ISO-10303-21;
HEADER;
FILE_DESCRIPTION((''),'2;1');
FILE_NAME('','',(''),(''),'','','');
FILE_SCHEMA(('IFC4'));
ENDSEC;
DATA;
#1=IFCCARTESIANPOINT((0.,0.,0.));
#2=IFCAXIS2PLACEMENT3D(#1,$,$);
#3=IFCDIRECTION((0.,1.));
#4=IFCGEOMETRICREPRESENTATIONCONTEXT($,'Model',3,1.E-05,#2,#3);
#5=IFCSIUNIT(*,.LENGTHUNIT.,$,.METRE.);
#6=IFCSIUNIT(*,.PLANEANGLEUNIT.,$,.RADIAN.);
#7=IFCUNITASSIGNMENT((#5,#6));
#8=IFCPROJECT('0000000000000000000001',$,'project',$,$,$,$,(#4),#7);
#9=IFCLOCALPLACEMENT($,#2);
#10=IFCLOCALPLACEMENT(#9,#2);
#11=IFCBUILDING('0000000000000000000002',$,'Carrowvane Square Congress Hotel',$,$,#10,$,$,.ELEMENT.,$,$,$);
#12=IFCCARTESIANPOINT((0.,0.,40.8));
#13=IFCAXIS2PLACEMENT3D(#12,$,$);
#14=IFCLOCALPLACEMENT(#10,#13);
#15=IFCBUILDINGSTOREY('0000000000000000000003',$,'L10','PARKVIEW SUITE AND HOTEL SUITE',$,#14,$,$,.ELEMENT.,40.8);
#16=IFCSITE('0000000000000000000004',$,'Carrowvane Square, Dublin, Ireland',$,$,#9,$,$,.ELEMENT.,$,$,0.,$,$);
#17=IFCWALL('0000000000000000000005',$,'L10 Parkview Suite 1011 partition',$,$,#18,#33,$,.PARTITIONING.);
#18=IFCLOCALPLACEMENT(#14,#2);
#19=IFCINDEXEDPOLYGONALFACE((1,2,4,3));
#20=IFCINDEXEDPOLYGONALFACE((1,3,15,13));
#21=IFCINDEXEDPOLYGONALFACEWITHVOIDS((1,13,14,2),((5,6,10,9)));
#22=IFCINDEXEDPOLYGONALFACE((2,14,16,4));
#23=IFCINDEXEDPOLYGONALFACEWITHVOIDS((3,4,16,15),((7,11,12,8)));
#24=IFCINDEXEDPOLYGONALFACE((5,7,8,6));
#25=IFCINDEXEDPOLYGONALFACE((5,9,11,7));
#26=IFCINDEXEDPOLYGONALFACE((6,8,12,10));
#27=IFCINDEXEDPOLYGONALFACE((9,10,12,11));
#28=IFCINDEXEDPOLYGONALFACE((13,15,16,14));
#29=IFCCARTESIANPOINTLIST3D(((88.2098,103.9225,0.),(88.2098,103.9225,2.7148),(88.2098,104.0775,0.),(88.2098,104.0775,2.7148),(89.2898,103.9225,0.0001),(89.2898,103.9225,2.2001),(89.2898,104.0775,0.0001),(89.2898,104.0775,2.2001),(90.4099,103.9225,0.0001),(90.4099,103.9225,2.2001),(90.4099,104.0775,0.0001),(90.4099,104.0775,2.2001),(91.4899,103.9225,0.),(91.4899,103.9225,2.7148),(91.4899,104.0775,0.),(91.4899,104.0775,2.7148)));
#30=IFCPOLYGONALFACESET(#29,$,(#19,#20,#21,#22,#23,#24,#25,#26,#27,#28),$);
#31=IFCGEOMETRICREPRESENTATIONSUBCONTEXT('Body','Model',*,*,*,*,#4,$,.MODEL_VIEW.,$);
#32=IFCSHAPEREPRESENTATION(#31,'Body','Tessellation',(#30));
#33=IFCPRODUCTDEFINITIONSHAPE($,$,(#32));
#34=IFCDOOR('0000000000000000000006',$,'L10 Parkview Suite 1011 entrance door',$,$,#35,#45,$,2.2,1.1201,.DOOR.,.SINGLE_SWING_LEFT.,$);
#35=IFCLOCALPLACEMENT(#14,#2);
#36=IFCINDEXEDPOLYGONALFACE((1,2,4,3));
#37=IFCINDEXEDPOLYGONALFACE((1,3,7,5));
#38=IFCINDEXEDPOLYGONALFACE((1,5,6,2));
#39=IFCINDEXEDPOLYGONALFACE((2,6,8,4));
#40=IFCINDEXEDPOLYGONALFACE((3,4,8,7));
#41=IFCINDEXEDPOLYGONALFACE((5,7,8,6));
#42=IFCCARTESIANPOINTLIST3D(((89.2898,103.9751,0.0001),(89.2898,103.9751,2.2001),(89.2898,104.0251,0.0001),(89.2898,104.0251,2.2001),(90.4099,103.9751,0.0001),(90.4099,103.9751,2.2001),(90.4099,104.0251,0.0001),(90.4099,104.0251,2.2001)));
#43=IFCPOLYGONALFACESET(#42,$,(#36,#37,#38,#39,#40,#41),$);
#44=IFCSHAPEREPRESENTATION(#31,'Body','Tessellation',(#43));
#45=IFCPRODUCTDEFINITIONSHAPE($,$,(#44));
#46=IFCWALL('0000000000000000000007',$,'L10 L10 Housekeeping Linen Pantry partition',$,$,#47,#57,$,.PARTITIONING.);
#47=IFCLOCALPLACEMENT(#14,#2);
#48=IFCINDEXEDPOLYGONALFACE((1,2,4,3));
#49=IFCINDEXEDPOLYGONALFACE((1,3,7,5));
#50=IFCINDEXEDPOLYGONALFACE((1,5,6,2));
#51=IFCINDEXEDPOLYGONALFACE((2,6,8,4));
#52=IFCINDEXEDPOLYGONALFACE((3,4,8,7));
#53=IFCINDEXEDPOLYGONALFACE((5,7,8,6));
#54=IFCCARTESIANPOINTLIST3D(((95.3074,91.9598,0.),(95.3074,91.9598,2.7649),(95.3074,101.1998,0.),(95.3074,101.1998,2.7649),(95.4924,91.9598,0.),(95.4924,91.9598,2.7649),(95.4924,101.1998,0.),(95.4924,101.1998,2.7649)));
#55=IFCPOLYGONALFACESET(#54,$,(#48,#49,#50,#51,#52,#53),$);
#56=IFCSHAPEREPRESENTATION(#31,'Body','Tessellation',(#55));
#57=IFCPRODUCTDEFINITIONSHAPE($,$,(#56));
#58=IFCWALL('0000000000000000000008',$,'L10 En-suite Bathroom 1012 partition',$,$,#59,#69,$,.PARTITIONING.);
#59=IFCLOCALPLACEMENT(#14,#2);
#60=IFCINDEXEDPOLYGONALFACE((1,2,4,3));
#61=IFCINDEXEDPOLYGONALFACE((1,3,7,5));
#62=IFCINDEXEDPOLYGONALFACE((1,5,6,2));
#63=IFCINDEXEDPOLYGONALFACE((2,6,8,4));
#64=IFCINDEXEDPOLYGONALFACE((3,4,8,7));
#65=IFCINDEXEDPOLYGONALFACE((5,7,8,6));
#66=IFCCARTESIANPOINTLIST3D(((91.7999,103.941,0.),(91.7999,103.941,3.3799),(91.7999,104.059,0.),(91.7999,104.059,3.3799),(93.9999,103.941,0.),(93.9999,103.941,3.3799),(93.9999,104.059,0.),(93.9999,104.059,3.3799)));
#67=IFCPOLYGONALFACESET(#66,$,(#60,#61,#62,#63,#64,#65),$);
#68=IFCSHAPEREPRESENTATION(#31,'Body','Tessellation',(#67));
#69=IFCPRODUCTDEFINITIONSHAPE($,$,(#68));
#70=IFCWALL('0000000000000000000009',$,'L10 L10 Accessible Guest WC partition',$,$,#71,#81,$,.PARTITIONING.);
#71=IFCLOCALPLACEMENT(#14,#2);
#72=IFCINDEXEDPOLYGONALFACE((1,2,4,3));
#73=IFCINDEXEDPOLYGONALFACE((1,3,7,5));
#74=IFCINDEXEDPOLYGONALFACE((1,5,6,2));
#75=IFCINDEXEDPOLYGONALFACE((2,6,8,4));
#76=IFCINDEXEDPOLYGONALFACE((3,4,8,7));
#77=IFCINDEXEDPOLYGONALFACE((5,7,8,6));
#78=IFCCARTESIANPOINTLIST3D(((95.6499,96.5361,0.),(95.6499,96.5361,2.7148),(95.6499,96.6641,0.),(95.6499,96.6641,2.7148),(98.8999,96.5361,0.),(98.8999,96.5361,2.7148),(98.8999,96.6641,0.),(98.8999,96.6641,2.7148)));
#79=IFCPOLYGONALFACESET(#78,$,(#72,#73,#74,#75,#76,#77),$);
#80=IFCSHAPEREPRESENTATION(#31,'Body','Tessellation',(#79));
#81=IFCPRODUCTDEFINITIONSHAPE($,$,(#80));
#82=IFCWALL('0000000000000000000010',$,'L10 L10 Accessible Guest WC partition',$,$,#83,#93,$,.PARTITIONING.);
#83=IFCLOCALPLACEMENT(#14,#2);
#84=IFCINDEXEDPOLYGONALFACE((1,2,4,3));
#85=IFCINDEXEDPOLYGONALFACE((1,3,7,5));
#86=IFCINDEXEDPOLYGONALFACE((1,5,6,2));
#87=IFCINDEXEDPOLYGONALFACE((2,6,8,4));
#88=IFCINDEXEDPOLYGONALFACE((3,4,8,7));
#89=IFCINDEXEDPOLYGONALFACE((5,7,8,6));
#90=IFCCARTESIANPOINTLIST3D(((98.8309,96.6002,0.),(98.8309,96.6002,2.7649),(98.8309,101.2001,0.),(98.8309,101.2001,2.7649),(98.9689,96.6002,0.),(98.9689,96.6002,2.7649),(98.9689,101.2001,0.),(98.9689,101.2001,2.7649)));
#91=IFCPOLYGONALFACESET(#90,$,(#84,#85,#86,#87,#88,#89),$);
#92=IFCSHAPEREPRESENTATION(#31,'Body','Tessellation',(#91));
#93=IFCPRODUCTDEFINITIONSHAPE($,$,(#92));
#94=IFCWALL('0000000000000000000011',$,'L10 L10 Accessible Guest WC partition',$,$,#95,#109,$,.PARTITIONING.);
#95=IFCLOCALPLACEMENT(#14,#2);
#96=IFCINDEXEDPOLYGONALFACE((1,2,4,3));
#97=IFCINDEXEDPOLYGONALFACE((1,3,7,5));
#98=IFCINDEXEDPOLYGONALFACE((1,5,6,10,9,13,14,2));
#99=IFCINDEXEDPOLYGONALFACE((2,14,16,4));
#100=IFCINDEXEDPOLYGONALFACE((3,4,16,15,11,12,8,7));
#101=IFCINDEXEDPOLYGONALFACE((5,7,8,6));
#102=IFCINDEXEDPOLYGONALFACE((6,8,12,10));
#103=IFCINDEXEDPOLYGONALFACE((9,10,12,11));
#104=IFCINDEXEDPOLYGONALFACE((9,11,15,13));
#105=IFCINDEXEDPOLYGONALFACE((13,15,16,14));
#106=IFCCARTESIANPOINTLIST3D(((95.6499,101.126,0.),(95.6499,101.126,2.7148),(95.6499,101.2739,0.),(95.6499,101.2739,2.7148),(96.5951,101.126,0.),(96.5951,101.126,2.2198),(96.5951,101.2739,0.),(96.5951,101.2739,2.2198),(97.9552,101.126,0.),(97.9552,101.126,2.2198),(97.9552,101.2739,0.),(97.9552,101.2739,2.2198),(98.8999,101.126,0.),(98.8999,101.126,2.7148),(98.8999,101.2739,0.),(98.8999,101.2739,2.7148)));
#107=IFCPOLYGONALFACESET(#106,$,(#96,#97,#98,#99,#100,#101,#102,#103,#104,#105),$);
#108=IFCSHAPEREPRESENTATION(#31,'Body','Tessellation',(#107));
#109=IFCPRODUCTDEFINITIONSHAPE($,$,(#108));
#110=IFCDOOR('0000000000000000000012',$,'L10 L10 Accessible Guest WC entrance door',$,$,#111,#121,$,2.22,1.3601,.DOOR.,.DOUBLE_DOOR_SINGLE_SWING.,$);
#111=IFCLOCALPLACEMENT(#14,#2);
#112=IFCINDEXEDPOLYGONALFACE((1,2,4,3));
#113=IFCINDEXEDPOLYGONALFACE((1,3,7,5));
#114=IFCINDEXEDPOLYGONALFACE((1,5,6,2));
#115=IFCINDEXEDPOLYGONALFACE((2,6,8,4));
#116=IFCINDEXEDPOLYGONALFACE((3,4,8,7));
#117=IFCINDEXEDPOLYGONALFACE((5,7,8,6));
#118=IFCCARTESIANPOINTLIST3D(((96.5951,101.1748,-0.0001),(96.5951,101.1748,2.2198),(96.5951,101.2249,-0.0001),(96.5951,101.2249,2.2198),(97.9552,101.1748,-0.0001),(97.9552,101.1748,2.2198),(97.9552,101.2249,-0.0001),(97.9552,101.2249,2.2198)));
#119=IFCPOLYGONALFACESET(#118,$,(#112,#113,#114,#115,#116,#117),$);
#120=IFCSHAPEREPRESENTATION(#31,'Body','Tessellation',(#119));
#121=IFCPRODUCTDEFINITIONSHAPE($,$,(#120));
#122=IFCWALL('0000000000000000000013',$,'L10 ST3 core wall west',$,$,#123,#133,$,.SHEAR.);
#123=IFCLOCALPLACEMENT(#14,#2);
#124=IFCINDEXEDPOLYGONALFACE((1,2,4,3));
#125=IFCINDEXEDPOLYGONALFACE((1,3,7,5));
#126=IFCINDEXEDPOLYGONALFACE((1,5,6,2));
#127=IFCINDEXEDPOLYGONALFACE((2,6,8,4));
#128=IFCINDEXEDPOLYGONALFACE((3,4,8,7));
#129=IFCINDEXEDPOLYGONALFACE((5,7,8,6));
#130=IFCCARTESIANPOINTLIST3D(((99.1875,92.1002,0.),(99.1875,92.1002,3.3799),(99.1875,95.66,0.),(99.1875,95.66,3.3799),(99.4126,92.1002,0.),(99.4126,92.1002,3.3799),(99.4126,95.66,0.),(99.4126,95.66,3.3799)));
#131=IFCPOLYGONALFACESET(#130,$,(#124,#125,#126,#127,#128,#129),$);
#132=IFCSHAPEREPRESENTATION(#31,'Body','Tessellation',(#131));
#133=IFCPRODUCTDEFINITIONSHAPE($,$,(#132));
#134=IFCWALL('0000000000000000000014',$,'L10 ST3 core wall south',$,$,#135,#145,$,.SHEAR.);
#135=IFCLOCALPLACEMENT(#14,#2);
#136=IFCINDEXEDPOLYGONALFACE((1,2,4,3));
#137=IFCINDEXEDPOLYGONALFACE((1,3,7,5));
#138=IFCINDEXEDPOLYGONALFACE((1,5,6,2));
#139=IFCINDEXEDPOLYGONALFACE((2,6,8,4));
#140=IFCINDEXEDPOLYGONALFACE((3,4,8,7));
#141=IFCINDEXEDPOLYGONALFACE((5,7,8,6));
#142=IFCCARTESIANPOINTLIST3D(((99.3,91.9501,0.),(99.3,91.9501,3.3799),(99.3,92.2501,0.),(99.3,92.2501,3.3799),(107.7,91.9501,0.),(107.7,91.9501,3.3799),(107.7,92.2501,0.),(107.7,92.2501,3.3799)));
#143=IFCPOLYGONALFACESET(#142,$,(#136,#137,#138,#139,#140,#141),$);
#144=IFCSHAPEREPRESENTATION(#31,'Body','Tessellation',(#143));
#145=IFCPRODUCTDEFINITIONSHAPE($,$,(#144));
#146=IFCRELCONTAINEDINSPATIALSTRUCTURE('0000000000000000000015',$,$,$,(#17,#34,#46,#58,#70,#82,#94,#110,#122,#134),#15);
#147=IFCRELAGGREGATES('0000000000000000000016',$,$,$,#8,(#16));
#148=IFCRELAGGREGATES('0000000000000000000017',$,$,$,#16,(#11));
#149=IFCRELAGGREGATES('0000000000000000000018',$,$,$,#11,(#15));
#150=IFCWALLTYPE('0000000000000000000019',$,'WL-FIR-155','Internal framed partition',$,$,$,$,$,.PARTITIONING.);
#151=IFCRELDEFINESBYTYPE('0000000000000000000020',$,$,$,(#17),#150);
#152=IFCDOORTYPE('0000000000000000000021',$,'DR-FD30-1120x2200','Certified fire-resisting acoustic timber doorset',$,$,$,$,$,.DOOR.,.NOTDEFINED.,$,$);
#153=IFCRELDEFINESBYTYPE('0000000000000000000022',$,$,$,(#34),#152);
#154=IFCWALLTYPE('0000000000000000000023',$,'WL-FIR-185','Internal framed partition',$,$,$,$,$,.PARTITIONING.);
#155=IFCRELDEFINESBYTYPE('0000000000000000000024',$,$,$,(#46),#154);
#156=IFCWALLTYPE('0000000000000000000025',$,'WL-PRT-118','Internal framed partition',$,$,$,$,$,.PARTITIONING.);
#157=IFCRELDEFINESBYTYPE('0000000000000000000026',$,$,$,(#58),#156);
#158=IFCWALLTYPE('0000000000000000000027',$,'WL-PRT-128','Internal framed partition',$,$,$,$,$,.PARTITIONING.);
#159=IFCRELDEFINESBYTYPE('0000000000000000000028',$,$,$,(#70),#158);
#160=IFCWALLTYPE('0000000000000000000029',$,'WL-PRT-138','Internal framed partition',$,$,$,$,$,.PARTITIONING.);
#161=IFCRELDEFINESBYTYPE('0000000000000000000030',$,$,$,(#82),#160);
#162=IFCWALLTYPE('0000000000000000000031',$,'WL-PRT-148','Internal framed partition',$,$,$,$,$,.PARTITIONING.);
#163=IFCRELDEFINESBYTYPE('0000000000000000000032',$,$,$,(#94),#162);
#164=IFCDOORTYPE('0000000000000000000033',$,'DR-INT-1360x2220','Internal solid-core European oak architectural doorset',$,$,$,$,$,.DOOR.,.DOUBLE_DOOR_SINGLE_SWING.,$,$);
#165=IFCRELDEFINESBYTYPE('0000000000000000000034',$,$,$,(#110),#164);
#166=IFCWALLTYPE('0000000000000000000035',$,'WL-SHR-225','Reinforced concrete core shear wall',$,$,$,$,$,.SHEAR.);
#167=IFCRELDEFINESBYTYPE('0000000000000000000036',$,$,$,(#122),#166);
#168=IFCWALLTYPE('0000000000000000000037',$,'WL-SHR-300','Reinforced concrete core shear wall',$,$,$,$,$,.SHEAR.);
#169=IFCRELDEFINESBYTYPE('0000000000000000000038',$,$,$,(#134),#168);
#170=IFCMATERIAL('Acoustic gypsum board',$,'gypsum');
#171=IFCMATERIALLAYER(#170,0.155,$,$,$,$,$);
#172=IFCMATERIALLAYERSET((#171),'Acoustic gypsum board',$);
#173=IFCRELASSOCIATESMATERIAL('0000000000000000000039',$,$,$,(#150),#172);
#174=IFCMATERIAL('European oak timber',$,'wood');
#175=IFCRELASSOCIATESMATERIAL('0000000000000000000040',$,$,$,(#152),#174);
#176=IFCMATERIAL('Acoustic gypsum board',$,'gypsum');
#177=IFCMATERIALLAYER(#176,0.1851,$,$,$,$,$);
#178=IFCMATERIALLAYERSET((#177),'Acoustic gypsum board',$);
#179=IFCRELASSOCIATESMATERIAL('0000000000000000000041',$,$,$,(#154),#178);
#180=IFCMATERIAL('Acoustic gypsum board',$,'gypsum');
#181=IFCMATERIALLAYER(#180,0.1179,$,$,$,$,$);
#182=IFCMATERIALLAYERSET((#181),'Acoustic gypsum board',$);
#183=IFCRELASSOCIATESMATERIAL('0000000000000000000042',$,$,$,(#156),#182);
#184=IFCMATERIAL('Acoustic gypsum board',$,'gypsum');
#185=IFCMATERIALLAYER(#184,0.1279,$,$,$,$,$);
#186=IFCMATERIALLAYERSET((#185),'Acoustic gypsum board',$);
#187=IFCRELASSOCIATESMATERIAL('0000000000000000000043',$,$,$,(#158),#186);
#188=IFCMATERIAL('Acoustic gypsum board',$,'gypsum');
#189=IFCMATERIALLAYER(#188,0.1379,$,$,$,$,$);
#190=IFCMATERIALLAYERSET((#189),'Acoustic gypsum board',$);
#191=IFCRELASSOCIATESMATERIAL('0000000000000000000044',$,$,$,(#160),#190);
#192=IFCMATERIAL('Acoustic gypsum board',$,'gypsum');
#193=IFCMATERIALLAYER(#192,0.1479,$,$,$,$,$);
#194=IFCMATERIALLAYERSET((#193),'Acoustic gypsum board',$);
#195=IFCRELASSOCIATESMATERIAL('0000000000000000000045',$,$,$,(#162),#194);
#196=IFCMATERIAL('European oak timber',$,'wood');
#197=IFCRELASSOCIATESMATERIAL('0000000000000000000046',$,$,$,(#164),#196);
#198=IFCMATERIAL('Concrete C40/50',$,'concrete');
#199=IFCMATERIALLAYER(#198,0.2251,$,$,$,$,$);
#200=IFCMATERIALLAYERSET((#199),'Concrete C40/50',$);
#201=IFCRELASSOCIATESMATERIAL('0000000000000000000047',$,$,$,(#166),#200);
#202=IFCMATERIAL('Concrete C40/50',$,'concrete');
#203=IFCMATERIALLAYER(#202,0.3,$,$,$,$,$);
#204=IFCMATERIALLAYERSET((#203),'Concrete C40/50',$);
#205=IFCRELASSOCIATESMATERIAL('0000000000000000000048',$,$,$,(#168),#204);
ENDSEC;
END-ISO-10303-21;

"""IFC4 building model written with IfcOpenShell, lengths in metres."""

from ifc_helpers import new_model, si_unit, direction, frame, frame_2d, origin, place, context, subcontext, project, spatial, rectangle, extrude, material, layer, layer_set, type_object, element, fill, save


model = new_model("IFC4")

# Units and contexts
model_context = context("Model", 3, precision=1e-05, world=origin(), true_north=direction((0.0, 1.0)))
body_context = subcontext(model_context, "Body", "Model", "MODEL_VIEW")
ifc_project = project(units=[si_unit("LENGTHUNIT", "METRE"), si_unit("PLANEANGLEUNIT", "RADIAN")], contexts=[model_context])

# Site, building, storey
site_placement = place(None, origin())
site = spatial("IfcSite", under=ifc_project, at=site_placement, Name="Carrowvane Square, Dublin, Ireland", CompositionType="ELEMENT", RefElevation=0.0)
building_placement = place(site_placement, origin())
building = spatial("IfcBuilding", under=site, at=building_placement, Name="Carrowvane Square Congress Hotel", CompositionType="ELEMENT")
storey_placement = place(building_placement, frame((0.0, 0.0, 40.8)))
storey = spatial("IfcBuildingStorey", under=building, at=storey_placement, Name="L10", Description="PARKVIEW SUITE AND HOTEL SUITE", CompositionType="ELEMENT", Elevation=40.8)

# Wall, opening, door
ifc_material_1 = material(Name="Acoustic gypsum board", Category="gypsum")
ifc_layer_1 = layer(ifc_material_1, 0.155)
ifc_layer_set_1 = layer_set([ifc_layer_1], Name="Acoustic gypsum board")
wall_type_1 = type_object("IfcWallType", Name="WL-FIR-155", Description="Internal framed partition", PredefinedType="PARTITIONING", material=ifc_layer_set_1)
wall_1_placement = place(storey_placement, frame((91.49, 104.0, 0.0), z_axis=(0.0, 0.0, 1.0), x_axis=(-1.0, 0.0, 0.0)))
wall_1 = element("IfcWall", 1, at=wall_1_placement, inside=storey, type_object=wall_type_1, Name="L10 Parkview Suite 1011 partition", PredefinedType="PARTITIONING", context=body_context, shape_type="SweptSolid", body=[
    extrude(rectangle(XDim=3.28, YDim=0.155, at=frame_2d((1.6401, 0.0))), origin(), (0.0, 0.0, 1.0), 2.7148),
])
opening_1_placement = place(wall_1_placement, frame((1.0801, 0.0, 0.0)))
opening_1 = element("IfcOpeningElement", 2, at=opening_1_placement, cuts=wall_1, PredefinedType="OPENING", context=body_context, shape_type="SweptSolid", body=[
    extrude(rectangle(XDim=1.1201, YDim=2.2, at=frame_2d((0.5601, 1.1001))), frame((0.0, 0.0874, 0.0), z_axis=(0.0, -1.0, 0.0), x_axis=(1.0, 0.0, 0.0)), (0.0, 0.0, 1.0), 0.175),
])
ifc_material_2 = material(Name="European oak timber", Category="wood")
door_type_1 = type_object("IfcDoorType", Name="DR-FD30-1120x2200", Description="Certified fire-resisting acoustic timber doorset", OperationType="NOTDEFINED", PredefinedType="DOOR", material=ifc_material_2)
door_1_placement = place(opening_1_placement, origin())
door_1 = element("IfcDoor", 3, at=door_1_placement, inside=storey, type_object=door_type_1, Name="L10 Parkview Suite 1011 entrance door", OperationType="SINGLE_SWING_LEFT", OverallHeight=2.2, OverallWidth=1.1201, PredefinedType="DOOR", context=body_context, shape_type="SweptSolid", body=[
    extrude(rectangle(XDim=1.1201, YDim=2.2, at=frame_2d((0.5601, 1.1001))), frame((0.0, 0.0249, 0.0), z_axis=(0.0, -1.0, 0.0), x_axis=(1.0, 0.0, 0.0)), (0.0, 0.0, 1.0), 0.05),
])
fill(opening_1, door_1)

# Walls
ifc_material_3 = material(Name="Acoustic gypsum board", Category="gypsum")
ifc_layer_2 = layer(ifc_material_3, 0.1851)
ifc_layer_set_2 = layer_set([ifc_layer_2], Name="Acoustic gypsum board")
wall_type_2 = type_object("IfcWallType", Name="WL-FIR-185", Description="Internal framed partition", PredefinedType="PARTITIONING", material=ifc_layer_set_2)
wall_2_placement = place(storey_placement, frame((95.3999, 101.2, 0.0), z_axis=(0.0, 0.0, 1.0), x_axis=(0.0, -1.0, 0.0)))
element("IfcWall", 4, at=wall_2_placement, inside=storey, type_object=wall_type_2, Name="L10 L10 Housekeeping Linen Pantry partition", PredefinedType="PARTITIONING", context=body_context, shape_type="SweptSolid", body=[
    extrude(rectangle(XDim=9.24, YDim=0.1851, at=frame_2d((4.6201, 0.0))), origin(), (0.0, 0.0, 1.0), 2.7649),
])
ifc_material_4 = material(Name="Acoustic gypsum board", Category="gypsum")
ifc_layer_3 = layer(ifc_material_4, 0.1179)
ifc_layer_set_3 = layer_set([ifc_layer_3], Name="Acoustic gypsum board")
wall_type_3 = type_object("IfcWallType", Name="WL-PRT-118", Description="Internal framed partition", PredefinedType="PARTITIONING", material=ifc_layer_set_3)
wall_3_placement = place(storey_placement, frame((94.0, 104.0, 0.0), z_axis=(0.0, 0.0, 1.0), x_axis=(-1.0, 0.0, 0.0)))
element("IfcWall", 5, at=wall_3_placement, inside=storey, type_object=wall_type_3, Name="L10 En-suite Bathroom 1012 partition", PredefinedType="PARTITIONING", context=body_context, shape_type="SweptSolid", body=[
    extrude(rectangle(XDim=2.2, YDim=0.1179, at=frame_2d((1.1001, 0.0))), origin(), (0.0, 0.0, 1.0), 3.3799),
])
ifc_material_5 = material(Name="Acoustic gypsum board", Category="gypsum")
ifc_layer_4 = layer(ifc_material_5, 0.1279)
ifc_layer_set_4 = layer_set([ifc_layer_4], Name="Acoustic gypsum board")
wall_type_4 = type_object("IfcWallType", Name="WL-PRT-128", Description="Internal framed partition", PredefinedType="PARTITIONING", material=ifc_layer_set_4)
wall_4_placement = place(storey_placement, frame((98.8999, 96.6001, 0.0), z_axis=(0.0, 0.0, 1.0), x_axis=(-1.0, 0.0, 0.0)))
element("IfcWall", 6, at=wall_4_placement, inside=storey, type_object=wall_type_4, Name="L10 L10 Accessible Guest WC partition", PredefinedType="PARTITIONING", context=body_context, shape_type="SweptSolid", body=[
    extrude(rectangle(XDim=3.25, YDim=0.1279, at=frame_2d((1.625, 0.0))), origin(), (0.0, 0.0, 1.0), 2.7148),
])
ifc_material_6 = material(Name="Acoustic gypsum board", Category="gypsum")
ifc_layer_5 = layer(ifc_material_6, 0.1379)
ifc_layer_set_5 = layer_set([ifc_layer_5], Name="Acoustic gypsum board")
wall_type_5 = type_object("IfcWallType", Name="WL-PRT-138", Description="Internal framed partition", PredefinedType="PARTITIONING", material=ifc_layer_set_5)
wall_5_placement = place(storey_placement, frame((98.8999, 101.2, 0.0), z_axis=(0.0, 0.0, 1.0), x_axis=(0.0, -1.0, 0.0)))
element("IfcWall", 7, at=wall_5_placement, inside=storey, type_object=wall_type_5, Name="L10 L10 Accessible Guest WC partition", PredefinedType="PARTITIONING", context=body_context, shape_type="SweptSolid", body=[
    extrude(rectangle(XDim=4.5999, YDim=0.1379, at=frame_2d((2.2998, 0.0))), origin(), (0.0, 0.0, 1.0), 2.7649),
])

# Wall, opening, door
ifc_material_7 = material(Name="Acoustic gypsum board", Category="gypsum")
ifc_layer_6 = layer(ifc_material_7, 0.1479)
ifc_layer_set_6 = layer_set([ifc_layer_6], Name="Acoustic gypsum board")
wall_type_6 = type_object("IfcWallType", Name="WL-PRT-148", Description="Internal framed partition", PredefinedType="PARTITIONING", material=ifc_layer_set_6)
wall_6_placement = place(storey_placement, frame((95.6499, 101.2, 0.0), z_axis=(0.0, 0.0, 1.0), x_axis=(1.0, 0.0, 0.0)))
wall_6 = element("IfcWall", 8, at=wall_6_placement, inside=storey, type_object=wall_type_6, Name="L10 L10 Accessible Guest WC partition", PredefinedType="PARTITIONING", context=body_context, shape_type="SweptSolid", body=[
    extrude(rectangle(XDim=3.25, YDim=0.1479, at=frame_2d((1.625, 0.0))), origin(), (0.0, 0.0, 1.0), 2.7148),
])
opening_2_placement = place(wall_6_placement, frame((0.9451, 0.0, 0.0)))
opening_2 = element("IfcOpeningElement", 9, at=opening_2_placement, cuts=wall_6, PredefinedType="OPENING", context=body_context, shape_type="SweptSolid", body=[
    extrude(rectangle(XDim=1.3601, YDim=2.22, at=frame_2d((0.6802, 1.1099))), frame((0.0, 0.084, 0.0), z_axis=(0.0, -1.0, 0.0), x_axis=(1.0, 0.0, 0.0)), (0.0, 0.0, 1.0), 0.168),
])
ifc_material_8 = material(Name="European oak timber", Category="wood")
door_type_2 = type_object("IfcDoorType", Name="DR-INT-1360x2220", Description="Internal solid-core European oak architectural doorset", OperationType="DOUBLE_DOOR_SINGLE_SWING", PredefinedType="DOOR", material=ifc_material_8)
door_2_placement = place(opening_2_placement, origin())
door_2 = element("IfcDoor", 10, at=door_2_placement, inside=storey, type_object=door_type_2, Name="L10 L10 Accessible Guest WC entrance door", OperationType="DOUBLE_DOOR_SINGLE_SWING", OverallHeight=2.22, OverallWidth=1.3601, PredefinedType="DOOR", context=body_context, shape_type="SweptSolid", body=[
    extrude(rectangle(XDim=1.3601, YDim=2.22, at=frame_2d((0.6802, 1.1099))), frame((0.0, 0.0249, 0.0), z_axis=(0.0, -1.0, 0.0), x_axis=(1.0, 0.0, 0.0)), (0.0, 0.0, 1.0), 0.05),
])
fill(opening_2, door_2)

# Walls
ifc_material_9 = material(Name="Concrete C40/50", Category="concrete")
ifc_layer_7 = layer(ifc_material_9, 0.2251)
ifc_layer_set_7 = layer_set([ifc_layer_7], Name="Concrete C40/50")
wall_type_7 = type_object("IfcWallType", Name="WL-SHR-225", Description="Reinforced concrete core shear wall", PredefinedType="SHEAR", material=ifc_layer_set_7)
wall_7_placement = place(storey_placement, frame((99.3, 95.6599, 0.0), z_axis=(0.0, 0.0, 1.0), x_axis=(0.0, -1.0, 0.0)))
element("IfcWall", 11, at=wall_7_placement, inside=storey, type_object=wall_type_7, Name="L10 ST3 core wall west", PredefinedType="SHEAR", context=body_context, shape_type="SweptSolid", body=[
    extrude(rectangle(XDim=3.5598, YDim=0.2251, at=frame_2d((1.7798, 0.0))), origin(), (0.0, 0.0, 1.0), 3.3799),
])
ifc_material_10 = material(Name="Concrete C40/50", Category="concrete")
ifc_layer_8 = layer(ifc_material_10, 0.3)
ifc_layer_set_8 = layer_set([ifc_layer_8], Name="Concrete C40/50")
wall_type_8 = type_object("IfcWallType", Name="WL-SHR-300", Description="Reinforced concrete core shear wall", PredefinedType="SHEAR", material=ifc_layer_set_8)
wall_8_placement = place(storey_placement, frame((99.3, 92.1001, 0.0), z_axis=(0.0, 0.0, 1.0), x_axis=(1.0, 0.0, 0.0)))
element("IfcWall", 12, at=wall_8_placement, inside=storey, type_object=wall_type_8, Name="L10 ST3 core wall south", PredefinedType="SHEAR", context=body_context, shape_type="SweptSolid", body=[
    extrude(rectangle(XDim=8.3999, YDim=0.3, at=frame_2d((4.2, 0.0))), origin(), (0.0, 0.0, 1.0), 3.3799),
])

save(model, "model.ifc")
